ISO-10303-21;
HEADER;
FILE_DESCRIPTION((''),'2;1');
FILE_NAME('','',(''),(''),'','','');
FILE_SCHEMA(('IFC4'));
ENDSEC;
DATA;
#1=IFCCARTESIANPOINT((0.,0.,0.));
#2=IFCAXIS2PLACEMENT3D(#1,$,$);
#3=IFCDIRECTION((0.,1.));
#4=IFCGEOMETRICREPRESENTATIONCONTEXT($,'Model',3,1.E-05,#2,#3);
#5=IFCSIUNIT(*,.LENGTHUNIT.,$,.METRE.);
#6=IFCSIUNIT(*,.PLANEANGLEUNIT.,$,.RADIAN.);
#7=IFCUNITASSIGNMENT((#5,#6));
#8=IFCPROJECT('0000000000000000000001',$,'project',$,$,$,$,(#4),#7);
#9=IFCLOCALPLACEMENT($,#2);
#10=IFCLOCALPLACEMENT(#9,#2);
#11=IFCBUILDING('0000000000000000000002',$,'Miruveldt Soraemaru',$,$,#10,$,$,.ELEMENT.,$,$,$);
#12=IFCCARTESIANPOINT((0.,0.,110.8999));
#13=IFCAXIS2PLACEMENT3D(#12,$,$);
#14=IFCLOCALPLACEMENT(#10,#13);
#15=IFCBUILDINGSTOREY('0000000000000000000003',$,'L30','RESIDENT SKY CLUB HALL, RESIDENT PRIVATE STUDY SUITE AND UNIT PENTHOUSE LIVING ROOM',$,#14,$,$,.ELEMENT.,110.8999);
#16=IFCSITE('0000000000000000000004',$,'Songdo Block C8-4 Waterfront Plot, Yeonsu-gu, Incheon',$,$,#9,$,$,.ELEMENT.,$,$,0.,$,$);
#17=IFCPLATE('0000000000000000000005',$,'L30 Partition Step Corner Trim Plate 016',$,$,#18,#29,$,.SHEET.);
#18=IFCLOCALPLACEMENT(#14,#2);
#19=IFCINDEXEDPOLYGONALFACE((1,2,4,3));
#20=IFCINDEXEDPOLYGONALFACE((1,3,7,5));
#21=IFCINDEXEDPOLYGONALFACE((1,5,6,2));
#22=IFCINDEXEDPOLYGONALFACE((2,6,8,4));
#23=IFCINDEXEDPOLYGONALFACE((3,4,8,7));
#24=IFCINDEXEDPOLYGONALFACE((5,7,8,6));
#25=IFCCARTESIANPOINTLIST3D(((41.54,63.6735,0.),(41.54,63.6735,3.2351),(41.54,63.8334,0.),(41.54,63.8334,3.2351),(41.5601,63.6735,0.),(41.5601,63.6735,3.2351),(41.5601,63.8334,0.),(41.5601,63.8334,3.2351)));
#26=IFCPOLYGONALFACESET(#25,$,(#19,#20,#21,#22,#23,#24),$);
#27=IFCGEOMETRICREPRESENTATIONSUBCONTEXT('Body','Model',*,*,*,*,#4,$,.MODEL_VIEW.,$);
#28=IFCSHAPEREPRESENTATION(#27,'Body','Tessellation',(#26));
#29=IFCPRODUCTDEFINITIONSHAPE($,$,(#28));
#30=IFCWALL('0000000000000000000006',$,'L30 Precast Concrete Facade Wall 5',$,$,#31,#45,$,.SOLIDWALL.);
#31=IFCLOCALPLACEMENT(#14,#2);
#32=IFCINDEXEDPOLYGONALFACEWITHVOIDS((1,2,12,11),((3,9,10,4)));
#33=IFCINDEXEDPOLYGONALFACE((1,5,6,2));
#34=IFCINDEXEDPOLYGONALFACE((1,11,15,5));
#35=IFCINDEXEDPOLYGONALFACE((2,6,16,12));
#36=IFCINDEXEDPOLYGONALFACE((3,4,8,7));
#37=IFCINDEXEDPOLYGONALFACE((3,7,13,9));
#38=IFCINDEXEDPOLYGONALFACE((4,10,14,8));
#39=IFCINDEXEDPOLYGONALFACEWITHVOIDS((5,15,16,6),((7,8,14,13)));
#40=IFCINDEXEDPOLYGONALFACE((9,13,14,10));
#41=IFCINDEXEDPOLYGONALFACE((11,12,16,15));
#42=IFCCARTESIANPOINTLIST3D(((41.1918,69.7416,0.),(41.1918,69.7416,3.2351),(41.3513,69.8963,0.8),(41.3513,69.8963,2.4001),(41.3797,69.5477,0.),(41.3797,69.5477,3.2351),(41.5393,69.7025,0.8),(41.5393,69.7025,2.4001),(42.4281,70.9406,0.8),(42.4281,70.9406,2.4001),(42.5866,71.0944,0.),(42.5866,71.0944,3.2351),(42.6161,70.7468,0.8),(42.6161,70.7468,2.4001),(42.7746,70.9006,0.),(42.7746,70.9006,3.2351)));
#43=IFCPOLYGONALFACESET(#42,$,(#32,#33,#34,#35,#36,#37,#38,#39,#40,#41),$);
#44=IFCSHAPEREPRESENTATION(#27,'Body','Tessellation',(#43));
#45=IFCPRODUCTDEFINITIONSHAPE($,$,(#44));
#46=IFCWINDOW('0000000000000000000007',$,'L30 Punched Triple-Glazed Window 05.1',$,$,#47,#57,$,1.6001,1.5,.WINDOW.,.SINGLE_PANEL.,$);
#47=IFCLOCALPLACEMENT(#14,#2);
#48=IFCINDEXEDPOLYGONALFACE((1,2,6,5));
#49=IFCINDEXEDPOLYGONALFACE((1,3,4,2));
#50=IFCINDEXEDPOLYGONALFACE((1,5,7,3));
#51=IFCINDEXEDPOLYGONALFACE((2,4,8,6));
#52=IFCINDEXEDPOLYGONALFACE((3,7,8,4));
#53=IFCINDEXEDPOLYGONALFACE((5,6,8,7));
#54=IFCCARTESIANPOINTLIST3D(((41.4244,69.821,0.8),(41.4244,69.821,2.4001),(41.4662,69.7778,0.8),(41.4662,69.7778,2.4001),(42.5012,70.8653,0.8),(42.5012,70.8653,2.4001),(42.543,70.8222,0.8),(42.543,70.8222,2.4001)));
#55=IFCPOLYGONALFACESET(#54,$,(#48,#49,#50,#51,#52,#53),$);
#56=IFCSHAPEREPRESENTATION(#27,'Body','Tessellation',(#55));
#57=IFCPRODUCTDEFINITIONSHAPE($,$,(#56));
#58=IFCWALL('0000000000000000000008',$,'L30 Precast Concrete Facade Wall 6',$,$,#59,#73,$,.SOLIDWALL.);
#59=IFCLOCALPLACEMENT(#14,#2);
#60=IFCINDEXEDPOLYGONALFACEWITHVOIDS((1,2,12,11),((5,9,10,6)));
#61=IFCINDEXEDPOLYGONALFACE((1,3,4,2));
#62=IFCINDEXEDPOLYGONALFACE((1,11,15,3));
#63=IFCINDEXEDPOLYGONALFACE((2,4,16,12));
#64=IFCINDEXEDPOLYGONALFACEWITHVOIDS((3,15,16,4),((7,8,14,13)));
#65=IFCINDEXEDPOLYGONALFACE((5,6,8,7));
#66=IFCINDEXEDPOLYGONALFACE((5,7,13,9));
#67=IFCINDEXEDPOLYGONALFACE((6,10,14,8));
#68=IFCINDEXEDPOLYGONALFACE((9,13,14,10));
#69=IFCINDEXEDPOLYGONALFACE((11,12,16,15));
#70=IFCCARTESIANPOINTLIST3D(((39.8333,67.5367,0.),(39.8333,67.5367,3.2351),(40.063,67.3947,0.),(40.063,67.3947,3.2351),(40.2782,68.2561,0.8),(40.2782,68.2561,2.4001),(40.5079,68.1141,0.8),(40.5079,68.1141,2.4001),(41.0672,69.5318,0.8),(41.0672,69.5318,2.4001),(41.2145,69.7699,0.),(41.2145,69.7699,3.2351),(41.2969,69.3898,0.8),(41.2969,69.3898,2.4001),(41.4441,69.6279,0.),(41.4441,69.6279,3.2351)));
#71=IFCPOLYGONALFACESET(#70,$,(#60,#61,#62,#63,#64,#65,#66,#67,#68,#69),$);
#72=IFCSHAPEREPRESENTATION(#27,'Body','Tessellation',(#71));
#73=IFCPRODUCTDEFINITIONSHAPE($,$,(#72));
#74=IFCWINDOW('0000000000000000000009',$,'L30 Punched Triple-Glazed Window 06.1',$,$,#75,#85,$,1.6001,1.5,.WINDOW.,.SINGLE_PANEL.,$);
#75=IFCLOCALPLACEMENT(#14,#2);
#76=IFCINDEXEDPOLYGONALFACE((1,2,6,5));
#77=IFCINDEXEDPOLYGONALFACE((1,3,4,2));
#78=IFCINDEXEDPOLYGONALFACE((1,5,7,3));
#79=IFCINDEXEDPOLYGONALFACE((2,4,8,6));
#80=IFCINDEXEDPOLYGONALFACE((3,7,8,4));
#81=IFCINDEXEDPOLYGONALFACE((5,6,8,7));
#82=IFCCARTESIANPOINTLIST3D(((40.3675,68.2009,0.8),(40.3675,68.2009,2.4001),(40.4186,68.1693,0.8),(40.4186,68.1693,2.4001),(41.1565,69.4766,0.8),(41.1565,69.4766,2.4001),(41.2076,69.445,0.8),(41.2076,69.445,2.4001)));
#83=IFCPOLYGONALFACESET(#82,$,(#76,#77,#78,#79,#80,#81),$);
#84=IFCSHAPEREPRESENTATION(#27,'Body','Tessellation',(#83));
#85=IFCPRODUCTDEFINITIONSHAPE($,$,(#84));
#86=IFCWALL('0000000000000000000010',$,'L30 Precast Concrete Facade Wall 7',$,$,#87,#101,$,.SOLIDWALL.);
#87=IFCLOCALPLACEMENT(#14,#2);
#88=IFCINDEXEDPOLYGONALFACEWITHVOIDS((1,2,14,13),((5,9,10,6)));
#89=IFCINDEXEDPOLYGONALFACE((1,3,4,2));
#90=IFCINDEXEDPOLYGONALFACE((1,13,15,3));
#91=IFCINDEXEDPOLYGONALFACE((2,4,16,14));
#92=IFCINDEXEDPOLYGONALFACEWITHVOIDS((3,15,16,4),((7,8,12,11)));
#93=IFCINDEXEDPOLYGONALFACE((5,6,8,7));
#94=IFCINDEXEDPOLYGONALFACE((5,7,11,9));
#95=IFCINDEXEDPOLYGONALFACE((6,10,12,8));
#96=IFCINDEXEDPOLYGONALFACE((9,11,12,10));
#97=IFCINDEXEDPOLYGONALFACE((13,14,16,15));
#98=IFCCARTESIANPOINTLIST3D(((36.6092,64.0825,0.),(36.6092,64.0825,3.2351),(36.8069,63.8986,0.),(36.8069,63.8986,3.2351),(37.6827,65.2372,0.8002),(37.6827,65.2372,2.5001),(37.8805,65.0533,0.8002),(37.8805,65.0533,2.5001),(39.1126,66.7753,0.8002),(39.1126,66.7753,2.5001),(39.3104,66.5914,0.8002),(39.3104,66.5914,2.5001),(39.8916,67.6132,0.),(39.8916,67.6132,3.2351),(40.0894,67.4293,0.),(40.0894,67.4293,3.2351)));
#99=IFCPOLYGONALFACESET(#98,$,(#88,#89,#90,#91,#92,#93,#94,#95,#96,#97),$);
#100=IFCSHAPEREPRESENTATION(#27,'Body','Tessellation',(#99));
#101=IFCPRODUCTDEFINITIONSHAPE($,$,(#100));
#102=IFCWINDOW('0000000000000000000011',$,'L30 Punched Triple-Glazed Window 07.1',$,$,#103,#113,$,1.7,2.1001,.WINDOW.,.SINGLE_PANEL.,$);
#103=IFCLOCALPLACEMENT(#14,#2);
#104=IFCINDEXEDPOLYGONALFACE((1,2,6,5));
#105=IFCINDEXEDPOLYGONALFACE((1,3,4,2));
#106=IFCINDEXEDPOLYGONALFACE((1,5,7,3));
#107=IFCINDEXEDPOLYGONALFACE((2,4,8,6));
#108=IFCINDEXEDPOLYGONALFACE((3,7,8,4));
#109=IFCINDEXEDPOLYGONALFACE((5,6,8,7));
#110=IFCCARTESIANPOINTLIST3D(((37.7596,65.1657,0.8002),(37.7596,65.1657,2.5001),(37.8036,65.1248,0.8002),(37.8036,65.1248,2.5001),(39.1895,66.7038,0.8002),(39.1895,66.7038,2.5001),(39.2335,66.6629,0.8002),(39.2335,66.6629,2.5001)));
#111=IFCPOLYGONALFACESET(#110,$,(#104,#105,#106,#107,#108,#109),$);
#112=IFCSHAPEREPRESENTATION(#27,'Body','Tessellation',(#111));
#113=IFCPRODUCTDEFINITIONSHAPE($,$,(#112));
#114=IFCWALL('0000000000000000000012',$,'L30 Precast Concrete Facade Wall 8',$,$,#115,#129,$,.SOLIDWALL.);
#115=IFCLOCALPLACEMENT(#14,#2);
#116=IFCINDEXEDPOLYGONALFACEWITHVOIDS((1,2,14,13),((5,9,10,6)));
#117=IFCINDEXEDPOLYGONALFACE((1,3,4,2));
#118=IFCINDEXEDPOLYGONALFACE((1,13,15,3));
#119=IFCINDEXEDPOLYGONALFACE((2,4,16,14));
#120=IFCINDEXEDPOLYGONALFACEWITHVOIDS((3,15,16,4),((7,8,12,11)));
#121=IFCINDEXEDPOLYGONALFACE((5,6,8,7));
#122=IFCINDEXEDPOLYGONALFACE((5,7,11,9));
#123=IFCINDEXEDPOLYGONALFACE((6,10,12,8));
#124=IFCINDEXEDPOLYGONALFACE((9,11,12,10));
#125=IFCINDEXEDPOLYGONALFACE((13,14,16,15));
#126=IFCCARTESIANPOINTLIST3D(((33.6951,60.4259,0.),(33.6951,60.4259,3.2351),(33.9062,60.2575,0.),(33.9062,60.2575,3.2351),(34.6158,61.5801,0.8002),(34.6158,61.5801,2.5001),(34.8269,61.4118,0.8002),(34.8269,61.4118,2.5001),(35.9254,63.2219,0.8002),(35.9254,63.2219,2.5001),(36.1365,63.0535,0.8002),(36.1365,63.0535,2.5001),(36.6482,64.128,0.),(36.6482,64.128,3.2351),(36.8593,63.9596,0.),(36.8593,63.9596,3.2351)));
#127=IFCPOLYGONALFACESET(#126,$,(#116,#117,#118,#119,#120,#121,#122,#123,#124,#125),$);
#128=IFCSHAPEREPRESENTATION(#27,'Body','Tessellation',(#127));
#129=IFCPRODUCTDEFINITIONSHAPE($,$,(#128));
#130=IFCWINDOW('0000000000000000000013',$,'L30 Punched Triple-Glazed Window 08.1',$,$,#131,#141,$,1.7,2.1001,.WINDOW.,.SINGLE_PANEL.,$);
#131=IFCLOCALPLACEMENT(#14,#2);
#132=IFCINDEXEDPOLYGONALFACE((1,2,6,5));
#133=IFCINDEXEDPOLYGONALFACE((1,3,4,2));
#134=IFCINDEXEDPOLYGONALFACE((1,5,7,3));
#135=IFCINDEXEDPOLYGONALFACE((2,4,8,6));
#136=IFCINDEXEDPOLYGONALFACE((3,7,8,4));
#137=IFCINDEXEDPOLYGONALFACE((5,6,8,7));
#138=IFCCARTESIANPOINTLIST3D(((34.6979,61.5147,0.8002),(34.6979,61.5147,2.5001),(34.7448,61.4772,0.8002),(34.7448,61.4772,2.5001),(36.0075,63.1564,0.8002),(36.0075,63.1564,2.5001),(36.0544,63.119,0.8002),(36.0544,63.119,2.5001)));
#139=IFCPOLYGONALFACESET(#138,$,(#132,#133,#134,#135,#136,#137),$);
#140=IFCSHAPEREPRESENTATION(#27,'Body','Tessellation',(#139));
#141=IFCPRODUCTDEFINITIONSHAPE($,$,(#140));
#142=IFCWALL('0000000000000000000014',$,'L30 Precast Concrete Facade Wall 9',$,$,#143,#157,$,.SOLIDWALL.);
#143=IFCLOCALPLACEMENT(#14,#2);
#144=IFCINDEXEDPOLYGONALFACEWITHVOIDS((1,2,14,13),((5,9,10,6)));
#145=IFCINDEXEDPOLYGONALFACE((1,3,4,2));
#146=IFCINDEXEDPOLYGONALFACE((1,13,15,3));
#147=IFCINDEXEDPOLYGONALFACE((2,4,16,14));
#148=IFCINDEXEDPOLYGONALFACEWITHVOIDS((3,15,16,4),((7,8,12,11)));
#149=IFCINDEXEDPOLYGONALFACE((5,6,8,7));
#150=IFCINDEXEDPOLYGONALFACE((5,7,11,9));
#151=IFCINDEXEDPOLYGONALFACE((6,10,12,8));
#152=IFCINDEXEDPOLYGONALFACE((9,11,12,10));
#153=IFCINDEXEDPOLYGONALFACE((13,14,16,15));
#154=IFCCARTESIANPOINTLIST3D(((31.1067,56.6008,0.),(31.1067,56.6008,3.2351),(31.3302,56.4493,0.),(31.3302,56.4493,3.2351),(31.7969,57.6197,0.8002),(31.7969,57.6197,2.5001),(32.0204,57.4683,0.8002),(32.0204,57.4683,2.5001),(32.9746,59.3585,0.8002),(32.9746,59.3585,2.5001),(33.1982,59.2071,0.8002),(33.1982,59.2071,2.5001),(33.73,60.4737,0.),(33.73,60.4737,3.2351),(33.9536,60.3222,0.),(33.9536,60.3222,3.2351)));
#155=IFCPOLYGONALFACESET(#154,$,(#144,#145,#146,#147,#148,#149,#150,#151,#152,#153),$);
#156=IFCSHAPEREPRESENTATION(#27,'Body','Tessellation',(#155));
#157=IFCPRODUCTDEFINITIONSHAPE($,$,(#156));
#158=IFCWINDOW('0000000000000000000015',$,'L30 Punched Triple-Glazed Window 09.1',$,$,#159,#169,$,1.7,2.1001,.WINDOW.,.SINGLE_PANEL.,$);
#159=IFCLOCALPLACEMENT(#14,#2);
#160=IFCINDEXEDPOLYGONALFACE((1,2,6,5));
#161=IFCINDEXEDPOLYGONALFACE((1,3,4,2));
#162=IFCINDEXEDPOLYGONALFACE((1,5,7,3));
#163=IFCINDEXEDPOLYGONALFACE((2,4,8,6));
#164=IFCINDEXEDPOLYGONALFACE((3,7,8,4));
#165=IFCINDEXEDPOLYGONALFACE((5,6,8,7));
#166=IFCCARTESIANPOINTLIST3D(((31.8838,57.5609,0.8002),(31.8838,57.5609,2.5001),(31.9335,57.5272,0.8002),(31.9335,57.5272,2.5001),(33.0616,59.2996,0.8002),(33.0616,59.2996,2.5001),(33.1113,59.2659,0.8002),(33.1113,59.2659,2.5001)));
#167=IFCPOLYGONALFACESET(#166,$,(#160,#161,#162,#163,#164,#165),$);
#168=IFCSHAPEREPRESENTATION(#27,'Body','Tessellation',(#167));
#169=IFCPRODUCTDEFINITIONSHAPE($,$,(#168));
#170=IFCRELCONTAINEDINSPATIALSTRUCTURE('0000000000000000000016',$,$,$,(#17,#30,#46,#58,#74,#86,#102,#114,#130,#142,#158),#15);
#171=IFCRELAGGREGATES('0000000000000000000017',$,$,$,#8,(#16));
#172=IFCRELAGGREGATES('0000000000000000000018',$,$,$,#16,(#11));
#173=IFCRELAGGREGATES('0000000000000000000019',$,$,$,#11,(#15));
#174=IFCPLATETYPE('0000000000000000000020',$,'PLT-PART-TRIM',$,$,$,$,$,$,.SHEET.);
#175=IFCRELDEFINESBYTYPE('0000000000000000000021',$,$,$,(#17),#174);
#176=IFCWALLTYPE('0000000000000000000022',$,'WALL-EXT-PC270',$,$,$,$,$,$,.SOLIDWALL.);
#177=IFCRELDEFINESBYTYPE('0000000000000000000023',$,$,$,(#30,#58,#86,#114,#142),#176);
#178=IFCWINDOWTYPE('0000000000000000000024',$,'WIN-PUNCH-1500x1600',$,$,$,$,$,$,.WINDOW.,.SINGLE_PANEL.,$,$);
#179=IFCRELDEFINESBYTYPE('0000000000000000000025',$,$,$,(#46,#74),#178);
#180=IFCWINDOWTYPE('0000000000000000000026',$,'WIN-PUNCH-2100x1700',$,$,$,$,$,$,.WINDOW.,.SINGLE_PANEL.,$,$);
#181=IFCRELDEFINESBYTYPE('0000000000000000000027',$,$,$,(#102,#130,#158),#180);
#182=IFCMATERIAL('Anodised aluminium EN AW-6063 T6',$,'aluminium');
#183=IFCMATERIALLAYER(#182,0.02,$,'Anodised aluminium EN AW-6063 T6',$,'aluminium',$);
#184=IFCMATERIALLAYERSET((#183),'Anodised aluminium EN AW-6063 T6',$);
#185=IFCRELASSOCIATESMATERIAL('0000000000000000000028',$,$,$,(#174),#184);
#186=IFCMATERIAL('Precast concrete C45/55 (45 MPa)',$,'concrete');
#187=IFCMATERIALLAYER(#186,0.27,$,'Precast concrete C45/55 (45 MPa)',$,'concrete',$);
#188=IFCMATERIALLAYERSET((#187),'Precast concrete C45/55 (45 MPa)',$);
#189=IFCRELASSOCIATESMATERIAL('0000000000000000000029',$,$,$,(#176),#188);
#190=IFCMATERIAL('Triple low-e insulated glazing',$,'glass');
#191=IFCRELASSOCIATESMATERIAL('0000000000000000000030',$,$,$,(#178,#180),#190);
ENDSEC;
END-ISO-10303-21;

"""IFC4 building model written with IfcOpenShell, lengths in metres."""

from ifc_helpers import new_model, si_unit, direction, frame, frame_2d, origin, origin_2d, place, context, subcontext, project, spatial, rectangle, extrude, material, layer, layer_set, type_object, element, fill, save


model = new_model("IFC4")

# Units and contexts
model_context = context("Model", 3, precision=1e-05, world=origin(), true_north=direction((0.0, 1.0)))
body_context = subcontext(model_context, "Body", "Model", "MODEL_VIEW")
ifc_project = project(units=[si_unit("LENGTHUNIT", "METRE"), si_unit("PLANEANGLEUNIT", "RADIAN")], contexts=[model_context])

# Site, building, storey
site_placement = place(None, origin())
site = spatial("IfcSite", under=ifc_project, at=site_placement, Name="Songdo Block C8-4 Waterfront Plot, Yeonsu-gu, Incheon", CompositionType="ELEMENT", RefElevation=0.0)
building_placement = place(site_placement, origin())
building = spatial("IfcBuilding", under=site, at=building_placement, Name="Miruveldt Soraemaru", CompositionType="ELEMENT")
storey_placement = place(building_placement, frame((0.0, 0.0, 110.8999)))
storey = spatial("IfcBuildingStorey", under=building, at=storey_placement, Name="L30", Description="RESIDENT SKY CLUB HALL, RESIDENT PRIVATE STUDY SUITE AND UNIT PENTHOUSE LIVING ROOM", CompositionType="ELEMENT", Elevation=110.8999)

# Plate
ifc_material_1 = material(Name="Anodised aluminium EN AW-6063 T6", Category="aluminium")
ifc_layer_1 = layer(ifc_material_1, 0.02, Name="Anodised aluminium EN AW-6063 T6", Category="aluminium")
ifc_layer_set_1 = layer_set([ifc_layer_1], Name="Anodised aluminium EN AW-6063 T6")
plate_type = type_object("IfcPlateType", Name="PLT-PART-TRIM", PredefinedType="SHEET", material=ifc_layer_set_1)
plate_placement = place(storey_placement, frame((41.55, 63.7534, 0.0), z_axis=(0.0, 0.0, 1.0), x_axis=(0.0, -1.0, 0.0)))
element("IfcPlate", 1, at=plate_placement, inside=storey, type_object=plate_type, Name="L30 Partition Step Corner Trim Plate 016", PredefinedType="SHEET", context=body_context, shape_type="SweptSolid", body=[
    extrude(rectangle(XDim=0.1599, YDim=0.02, at=origin_2d()), origin(), (0.0, 0.0, 1.0), 3.2351),
])

# Walls, openings, windows
ifc_material_2 = material(Name="Precast concrete C45/55 (45 MPa)", Category="concrete")
ifc_layer_2 = layer(ifc_material_2, 0.27, Name="Precast concrete C45/55 (45 MPa)", Category="concrete")
ifc_layer_set_2 = layer_set([ifc_layer_2], Name="Precast concrete C45/55 (45 MPa)")
wall_type_1 = type_object("IfcWallType", Name="WALL-EXT-PC270", PredefinedType="SOLIDWALL", material=ifc_layer_set_2)
wall_1_placement = place(storey_placement, frame((42.6807, 70.9976, 0.0), z_axis=(0.0, 0.0, 1.0), x_axis=(-0.71783, -0.696218, 0.0)))
wall_1 = element("IfcWall", 2, at=wall_1_placement, inside=storey, type_object=wall_type_1, Name="L30 Precast Concrete Facade Wall 5", PredefinedType="SOLIDWALL", context=body_context, shape_type="SweptSolid", body=[
    extrude(rectangle(XDim=1.9431, YDim=0.27, at=frame_2d((0.9717, 0.0))), origin(), (0.0, 0.0, 1.0), 3.2351),
])
opening_1_placement = place(wall_1_placement, frame((0.2209, 0.0, 0.8)))
opening_1 = element("IfcOpeningElement", 3, at=opening_1_placement, cuts=wall_1, PredefinedType="OPENING", context=body_context, shape_type="SweptSolid", body=[
    extrude(rectangle(XDim=1.5, YDim=1.6001, at=frame_2d((0.75, 0.8))), frame((0.0, 0.145, 0.0), z_axis=(0.0, -1.0, 0.0), x_axis=(1.0, 0.0, 0.0)), (0.0, 0.0, 1.0), 0.29),
])
ifc_material_3 = material(Name="Triple low-e insulated glazing", Category="glass")
window_type_1 = type_object("IfcWindowType", Name="WIN-PUNCH-1500x1600", PartitioningType="SINGLE_PANEL", PredefinedType="WINDOW", material=ifc_material_3)
window_1_placement = place(opening_1_placement, origin())
window_1 = element("IfcWindow", 4, at=window_1_placement, inside=storey, type_object=window_type_1, Name="L30 Punched Triple-Glazed Window 05.1", OverallHeight=1.6001, OverallWidth=1.5, PartitioningType="SINGLE_PANEL", PredefinedType="WINDOW", context=body_context, shape_type="SweptSolid", body=[
    extrude(rectangle(XDim=1.5, YDim=1.6001, at=frame_2d((0.75, 0.8))), frame((0.0, 0.03, 0.0), z_axis=(0.0, -1.0, 0.0), x_axis=(1.0, 0.0, 0.0)), (0.0, 0.0, 1.0), 0.0601),
])
fill(opening_1, window_1)
wall_2_placement = place(storey_placement, frame((41.3293, 69.699, 0.0), z_axis=(0.0, 0.0, 1.0), x_axis=(-0.52599, -0.850491, 0.0)))
wall_2 = element("IfcWall", 5, at=wall_2_placement, inside=storey, type_object=wall_type_1, Name="L30 Precast Concrete Facade Wall 6", PredefinedType="SOLIDWALL", context=body_context, shape_type="SweptSolid", body=[
    extrude(rectangle(XDim=2.6257, YDim=0.27, at=frame_2d((1.313, 0.0))), origin(), (0.0, 0.0, 1.0), 3.2351),
])
opening_2_placement = place(wall_2_placement, frame((0.28, 0.0, 0.8)))
opening_2 = element("IfcOpeningElement", 6, at=opening_2_placement, cuts=wall_2, PredefinedType="OPENING", context=body_context, shape_type="SweptSolid", body=[
    extrude(rectangle(XDim=1.5, YDim=1.6001, at=frame_2d((0.75, 0.8))), frame((0.0, 0.145, 0.0), z_axis=(0.0, -1.0, 0.0), x_axis=(1.0, 0.0, 0.0)), (0.0, 0.0, 1.0), 0.29),
])
window_2_placement = place(opening_2_placement, origin())
window_2 = element("IfcWindow", 7, at=window_2_placement, inside=storey, type_object=window_type_1, Name="L30 Punched Triple-Glazed Window 06.1", OverallHeight=1.6001, OverallWidth=1.5, PartitioningType="SINGLE_PANEL", PredefinedType="WINDOW", context=body_context, shape_type="SweptSolid", body=[
    extrude(rectangle(XDim=1.5, YDim=1.6001, at=frame_2d((0.75, 0.8))), frame((0.0, 0.03, 0.0), z_axis=(0.0, -1.0, 0.0), x_axis=(1.0, 0.0, 0.0)), (0.0, 0.0, 1.0), 0.0601),
])
fill(opening_2, window_2)
wall_3_placement = place(storey_placement, frame((39.9905, 67.5212, 0.0), z_axis=(0.0, 0.0, 1.0), x_axis=(-0.680886, -0.732389, 0.0)))
wall_3 = element("IfcWall", 8, at=wall_3_placement, inside=storey, type_object=wall_type_1, Name="L30 Precast Concrete Facade Wall 7", PredefinedType="SOLIDWALL", context=body_context, shape_type="SweptSolid", body=[
    extrude(rectangle(XDim=4.8208, YDim=0.27, at=frame_2d((2.4104, 0.0))), origin(), (0.0, 0.0, 1.0), 3.2351),
])
opening_3_placement = place(wall_3_placement, frame((1.144, 0.0, 0.8)))
opening_3 = element("IfcOpeningElement", 9, at=opening_3_placement, cuts=wall_3, PredefinedType="OPENING", context=body_context, shape_type="SweptSolid", body=[
    extrude(rectangle(XDim=2.1001, YDim=1.7, at=frame_2d((1.05, 0.8501))), frame((0.0, 0.145, 0.0), z_axis=(0.0, -1.0, 0.0), x_axis=(1.0, 0.0, 0.0)), (0.0, 0.0, 1.0), 0.29),
])
window_type_2 = type_object("IfcWindowType", Name="WIN-PUNCH-2100x1700", PartitioningType="SINGLE_PANEL", PredefinedType="WINDOW", material=ifc_material_3)
window_3_placement = place(opening_3_placement, origin())
window_3 = element("IfcWindow", 10, at=window_3_placement, inside=storey, type_object=window_type_2, Name="L30 Punched Triple-Glazed Window 07.1", OverallHeight=1.7, OverallWidth=2.1001, PartitioningType="SINGLE_PANEL", PredefinedType="WINDOW", context=body_context, shape_type="SweptSolid", body=[
    extrude(rectangle(XDim=2.1001, YDim=1.7, at=frame_2d((1.05, 0.8501))), frame((0.0, 0.03, 0.0), z_axis=(0.0, -1.0, 0.0), x_axis=(1.0, 0.0, 0.0)), (0.0, 0.0, 1.0), 0.0601),
])
fill(opening_3, window_3)
wall_4_placement = place(storey_placement, frame((36.7537, 64.0437, 0.0), z_axis=(0.0, 0.0, 1.0), x_axis=(-0.623588, -0.781753, 0.0)))
wall_4 = element("IfcWall", 11, at=wall_4_placement, inside=storey, type_object=wall_type_1, Name="L30 Precast Concrete Facade Wall 8", PredefinedType="SOLIDWALL", context=body_context, shape_type="SweptSolid", body=[
    extrude(rectangle(XDim=4.7356, YDim=0.27, at=frame_2d((2.3677, 0.0))), origin(), (0.0, 0.0, 1.0), 3.2351),
])
opening_4_placement = place(wall_4_placement, frame((1.1589, 0.0, 0.8)))
opening_4 = element("IfcOpeningElement", 12, at=opening_4_placement, cuts=wall_4, PredefinedType="OPENING", context=body_context, shape_type="SweptSolid", body=[
    extrude(rectangle(XDim=2.1001, YDim=1.7, at=frame_2d((1.05, 0.8501))), frame((0.0, 0.145, 0.0), z_axis=(0.0, -1.0, 0.0), x_axis=(1.0, 0.0, 0.0)), (0.0, 0.0, 1.0), 0.29),
])
window_4_placement = place(opening_4_placement, origin())
window_4 = element("IfcWindow", 13, at=window_4_placement, inside=storey, type_object=window_type_2, Name="L30 Punched Triple-Glazed Window 08.1", OverallHeight=1.7, OverallWidth=2.1001, PartitioningType="SINGLE_PANEL", PredefinedType="WINDOW", context=body_context, shape_type="SweptSolid", body=[
    extrude(rectangle(XDim=2.1001, YDim=1.7, at=frame_2d((1.05, 0.8501))), frame((0.0, 0.03, 0.0), z_axis=(0.0, -1.0, 0.0), x_axis=(1.0, 0.0, 0.0)), (0.0, 0.0, 1.0), 0.0601),
])
fill(opening_4, window_4)
wall_5_placement = place(storey_placement, frame((33.8418, 60.3979, 0.0), z_axis=(0.0, 0.0, 1.0), x_axis=(-0.560816, -0.827941, 0.0)))
wall_5 = element("IfcWall", 14, at=wall_5_placement, inside=storey, type_object=wall_type_1, Name="L30 Precast Concrete Facade Wall 9", PredefinedType="SOLIDWALL", context=body_context, shape_type="SweptSolid", body=[
    extrude(rectangle(XDim=4.6777, YDim=0.27, at=frame_2d((2.3389, 0.0))), origin(), (0.0, 0.0, 1.0), 3.2351),
])
opening_5_placement = place(wall_5_placement, frame((1.3469, 0.0, 0.8)))
opening_5 = element("IfcOpeningElement", 15, at=opening_5_placement, cuts=wall_5, PredefinedType="OPENING", context=body_context, shape_type="SweptSolid", body=[
    extrude(rectangle(XDim=2.1001, YDim=1.7, at=frame_2d((1.05, 0.8501))), frame((0.0, 0.145, 0.0), z_axis=(0.0, -1.0, 0.0), x_axis=(1.0, 0.0, 0.0)), (0.0, 0.0, 1.0), 0.29),
])
window_5_placement = place(opening_5_placement, origin())
window_5 = element("IfcWindow", 16, at=window_5_placement, inside=storey, type_object=window_type_2, Name="L30 Punched Triple-Glazed Window 09.1", OverallHeight=1.7, OverallWidth=2.1001, PartitioningType="SINGLE_PANEL", PredefinedType="WINDOW", context=body_context, shape_type="SweptSolid", body=[
    extrude(rectangle(XDim=2.1001, YDim=1.7, at=frame_2d((1.05, 0.8501))), frame((0.0, 0.03, 0.0), z_axis=(0.0, -1.0, 0.0), x_axis=(1.0, 0.0, 0.0)), (0.0, 0.0, 1.0), 0.0601),
])
fill(opening_5, window_5)

save(model, "model.ifc")
